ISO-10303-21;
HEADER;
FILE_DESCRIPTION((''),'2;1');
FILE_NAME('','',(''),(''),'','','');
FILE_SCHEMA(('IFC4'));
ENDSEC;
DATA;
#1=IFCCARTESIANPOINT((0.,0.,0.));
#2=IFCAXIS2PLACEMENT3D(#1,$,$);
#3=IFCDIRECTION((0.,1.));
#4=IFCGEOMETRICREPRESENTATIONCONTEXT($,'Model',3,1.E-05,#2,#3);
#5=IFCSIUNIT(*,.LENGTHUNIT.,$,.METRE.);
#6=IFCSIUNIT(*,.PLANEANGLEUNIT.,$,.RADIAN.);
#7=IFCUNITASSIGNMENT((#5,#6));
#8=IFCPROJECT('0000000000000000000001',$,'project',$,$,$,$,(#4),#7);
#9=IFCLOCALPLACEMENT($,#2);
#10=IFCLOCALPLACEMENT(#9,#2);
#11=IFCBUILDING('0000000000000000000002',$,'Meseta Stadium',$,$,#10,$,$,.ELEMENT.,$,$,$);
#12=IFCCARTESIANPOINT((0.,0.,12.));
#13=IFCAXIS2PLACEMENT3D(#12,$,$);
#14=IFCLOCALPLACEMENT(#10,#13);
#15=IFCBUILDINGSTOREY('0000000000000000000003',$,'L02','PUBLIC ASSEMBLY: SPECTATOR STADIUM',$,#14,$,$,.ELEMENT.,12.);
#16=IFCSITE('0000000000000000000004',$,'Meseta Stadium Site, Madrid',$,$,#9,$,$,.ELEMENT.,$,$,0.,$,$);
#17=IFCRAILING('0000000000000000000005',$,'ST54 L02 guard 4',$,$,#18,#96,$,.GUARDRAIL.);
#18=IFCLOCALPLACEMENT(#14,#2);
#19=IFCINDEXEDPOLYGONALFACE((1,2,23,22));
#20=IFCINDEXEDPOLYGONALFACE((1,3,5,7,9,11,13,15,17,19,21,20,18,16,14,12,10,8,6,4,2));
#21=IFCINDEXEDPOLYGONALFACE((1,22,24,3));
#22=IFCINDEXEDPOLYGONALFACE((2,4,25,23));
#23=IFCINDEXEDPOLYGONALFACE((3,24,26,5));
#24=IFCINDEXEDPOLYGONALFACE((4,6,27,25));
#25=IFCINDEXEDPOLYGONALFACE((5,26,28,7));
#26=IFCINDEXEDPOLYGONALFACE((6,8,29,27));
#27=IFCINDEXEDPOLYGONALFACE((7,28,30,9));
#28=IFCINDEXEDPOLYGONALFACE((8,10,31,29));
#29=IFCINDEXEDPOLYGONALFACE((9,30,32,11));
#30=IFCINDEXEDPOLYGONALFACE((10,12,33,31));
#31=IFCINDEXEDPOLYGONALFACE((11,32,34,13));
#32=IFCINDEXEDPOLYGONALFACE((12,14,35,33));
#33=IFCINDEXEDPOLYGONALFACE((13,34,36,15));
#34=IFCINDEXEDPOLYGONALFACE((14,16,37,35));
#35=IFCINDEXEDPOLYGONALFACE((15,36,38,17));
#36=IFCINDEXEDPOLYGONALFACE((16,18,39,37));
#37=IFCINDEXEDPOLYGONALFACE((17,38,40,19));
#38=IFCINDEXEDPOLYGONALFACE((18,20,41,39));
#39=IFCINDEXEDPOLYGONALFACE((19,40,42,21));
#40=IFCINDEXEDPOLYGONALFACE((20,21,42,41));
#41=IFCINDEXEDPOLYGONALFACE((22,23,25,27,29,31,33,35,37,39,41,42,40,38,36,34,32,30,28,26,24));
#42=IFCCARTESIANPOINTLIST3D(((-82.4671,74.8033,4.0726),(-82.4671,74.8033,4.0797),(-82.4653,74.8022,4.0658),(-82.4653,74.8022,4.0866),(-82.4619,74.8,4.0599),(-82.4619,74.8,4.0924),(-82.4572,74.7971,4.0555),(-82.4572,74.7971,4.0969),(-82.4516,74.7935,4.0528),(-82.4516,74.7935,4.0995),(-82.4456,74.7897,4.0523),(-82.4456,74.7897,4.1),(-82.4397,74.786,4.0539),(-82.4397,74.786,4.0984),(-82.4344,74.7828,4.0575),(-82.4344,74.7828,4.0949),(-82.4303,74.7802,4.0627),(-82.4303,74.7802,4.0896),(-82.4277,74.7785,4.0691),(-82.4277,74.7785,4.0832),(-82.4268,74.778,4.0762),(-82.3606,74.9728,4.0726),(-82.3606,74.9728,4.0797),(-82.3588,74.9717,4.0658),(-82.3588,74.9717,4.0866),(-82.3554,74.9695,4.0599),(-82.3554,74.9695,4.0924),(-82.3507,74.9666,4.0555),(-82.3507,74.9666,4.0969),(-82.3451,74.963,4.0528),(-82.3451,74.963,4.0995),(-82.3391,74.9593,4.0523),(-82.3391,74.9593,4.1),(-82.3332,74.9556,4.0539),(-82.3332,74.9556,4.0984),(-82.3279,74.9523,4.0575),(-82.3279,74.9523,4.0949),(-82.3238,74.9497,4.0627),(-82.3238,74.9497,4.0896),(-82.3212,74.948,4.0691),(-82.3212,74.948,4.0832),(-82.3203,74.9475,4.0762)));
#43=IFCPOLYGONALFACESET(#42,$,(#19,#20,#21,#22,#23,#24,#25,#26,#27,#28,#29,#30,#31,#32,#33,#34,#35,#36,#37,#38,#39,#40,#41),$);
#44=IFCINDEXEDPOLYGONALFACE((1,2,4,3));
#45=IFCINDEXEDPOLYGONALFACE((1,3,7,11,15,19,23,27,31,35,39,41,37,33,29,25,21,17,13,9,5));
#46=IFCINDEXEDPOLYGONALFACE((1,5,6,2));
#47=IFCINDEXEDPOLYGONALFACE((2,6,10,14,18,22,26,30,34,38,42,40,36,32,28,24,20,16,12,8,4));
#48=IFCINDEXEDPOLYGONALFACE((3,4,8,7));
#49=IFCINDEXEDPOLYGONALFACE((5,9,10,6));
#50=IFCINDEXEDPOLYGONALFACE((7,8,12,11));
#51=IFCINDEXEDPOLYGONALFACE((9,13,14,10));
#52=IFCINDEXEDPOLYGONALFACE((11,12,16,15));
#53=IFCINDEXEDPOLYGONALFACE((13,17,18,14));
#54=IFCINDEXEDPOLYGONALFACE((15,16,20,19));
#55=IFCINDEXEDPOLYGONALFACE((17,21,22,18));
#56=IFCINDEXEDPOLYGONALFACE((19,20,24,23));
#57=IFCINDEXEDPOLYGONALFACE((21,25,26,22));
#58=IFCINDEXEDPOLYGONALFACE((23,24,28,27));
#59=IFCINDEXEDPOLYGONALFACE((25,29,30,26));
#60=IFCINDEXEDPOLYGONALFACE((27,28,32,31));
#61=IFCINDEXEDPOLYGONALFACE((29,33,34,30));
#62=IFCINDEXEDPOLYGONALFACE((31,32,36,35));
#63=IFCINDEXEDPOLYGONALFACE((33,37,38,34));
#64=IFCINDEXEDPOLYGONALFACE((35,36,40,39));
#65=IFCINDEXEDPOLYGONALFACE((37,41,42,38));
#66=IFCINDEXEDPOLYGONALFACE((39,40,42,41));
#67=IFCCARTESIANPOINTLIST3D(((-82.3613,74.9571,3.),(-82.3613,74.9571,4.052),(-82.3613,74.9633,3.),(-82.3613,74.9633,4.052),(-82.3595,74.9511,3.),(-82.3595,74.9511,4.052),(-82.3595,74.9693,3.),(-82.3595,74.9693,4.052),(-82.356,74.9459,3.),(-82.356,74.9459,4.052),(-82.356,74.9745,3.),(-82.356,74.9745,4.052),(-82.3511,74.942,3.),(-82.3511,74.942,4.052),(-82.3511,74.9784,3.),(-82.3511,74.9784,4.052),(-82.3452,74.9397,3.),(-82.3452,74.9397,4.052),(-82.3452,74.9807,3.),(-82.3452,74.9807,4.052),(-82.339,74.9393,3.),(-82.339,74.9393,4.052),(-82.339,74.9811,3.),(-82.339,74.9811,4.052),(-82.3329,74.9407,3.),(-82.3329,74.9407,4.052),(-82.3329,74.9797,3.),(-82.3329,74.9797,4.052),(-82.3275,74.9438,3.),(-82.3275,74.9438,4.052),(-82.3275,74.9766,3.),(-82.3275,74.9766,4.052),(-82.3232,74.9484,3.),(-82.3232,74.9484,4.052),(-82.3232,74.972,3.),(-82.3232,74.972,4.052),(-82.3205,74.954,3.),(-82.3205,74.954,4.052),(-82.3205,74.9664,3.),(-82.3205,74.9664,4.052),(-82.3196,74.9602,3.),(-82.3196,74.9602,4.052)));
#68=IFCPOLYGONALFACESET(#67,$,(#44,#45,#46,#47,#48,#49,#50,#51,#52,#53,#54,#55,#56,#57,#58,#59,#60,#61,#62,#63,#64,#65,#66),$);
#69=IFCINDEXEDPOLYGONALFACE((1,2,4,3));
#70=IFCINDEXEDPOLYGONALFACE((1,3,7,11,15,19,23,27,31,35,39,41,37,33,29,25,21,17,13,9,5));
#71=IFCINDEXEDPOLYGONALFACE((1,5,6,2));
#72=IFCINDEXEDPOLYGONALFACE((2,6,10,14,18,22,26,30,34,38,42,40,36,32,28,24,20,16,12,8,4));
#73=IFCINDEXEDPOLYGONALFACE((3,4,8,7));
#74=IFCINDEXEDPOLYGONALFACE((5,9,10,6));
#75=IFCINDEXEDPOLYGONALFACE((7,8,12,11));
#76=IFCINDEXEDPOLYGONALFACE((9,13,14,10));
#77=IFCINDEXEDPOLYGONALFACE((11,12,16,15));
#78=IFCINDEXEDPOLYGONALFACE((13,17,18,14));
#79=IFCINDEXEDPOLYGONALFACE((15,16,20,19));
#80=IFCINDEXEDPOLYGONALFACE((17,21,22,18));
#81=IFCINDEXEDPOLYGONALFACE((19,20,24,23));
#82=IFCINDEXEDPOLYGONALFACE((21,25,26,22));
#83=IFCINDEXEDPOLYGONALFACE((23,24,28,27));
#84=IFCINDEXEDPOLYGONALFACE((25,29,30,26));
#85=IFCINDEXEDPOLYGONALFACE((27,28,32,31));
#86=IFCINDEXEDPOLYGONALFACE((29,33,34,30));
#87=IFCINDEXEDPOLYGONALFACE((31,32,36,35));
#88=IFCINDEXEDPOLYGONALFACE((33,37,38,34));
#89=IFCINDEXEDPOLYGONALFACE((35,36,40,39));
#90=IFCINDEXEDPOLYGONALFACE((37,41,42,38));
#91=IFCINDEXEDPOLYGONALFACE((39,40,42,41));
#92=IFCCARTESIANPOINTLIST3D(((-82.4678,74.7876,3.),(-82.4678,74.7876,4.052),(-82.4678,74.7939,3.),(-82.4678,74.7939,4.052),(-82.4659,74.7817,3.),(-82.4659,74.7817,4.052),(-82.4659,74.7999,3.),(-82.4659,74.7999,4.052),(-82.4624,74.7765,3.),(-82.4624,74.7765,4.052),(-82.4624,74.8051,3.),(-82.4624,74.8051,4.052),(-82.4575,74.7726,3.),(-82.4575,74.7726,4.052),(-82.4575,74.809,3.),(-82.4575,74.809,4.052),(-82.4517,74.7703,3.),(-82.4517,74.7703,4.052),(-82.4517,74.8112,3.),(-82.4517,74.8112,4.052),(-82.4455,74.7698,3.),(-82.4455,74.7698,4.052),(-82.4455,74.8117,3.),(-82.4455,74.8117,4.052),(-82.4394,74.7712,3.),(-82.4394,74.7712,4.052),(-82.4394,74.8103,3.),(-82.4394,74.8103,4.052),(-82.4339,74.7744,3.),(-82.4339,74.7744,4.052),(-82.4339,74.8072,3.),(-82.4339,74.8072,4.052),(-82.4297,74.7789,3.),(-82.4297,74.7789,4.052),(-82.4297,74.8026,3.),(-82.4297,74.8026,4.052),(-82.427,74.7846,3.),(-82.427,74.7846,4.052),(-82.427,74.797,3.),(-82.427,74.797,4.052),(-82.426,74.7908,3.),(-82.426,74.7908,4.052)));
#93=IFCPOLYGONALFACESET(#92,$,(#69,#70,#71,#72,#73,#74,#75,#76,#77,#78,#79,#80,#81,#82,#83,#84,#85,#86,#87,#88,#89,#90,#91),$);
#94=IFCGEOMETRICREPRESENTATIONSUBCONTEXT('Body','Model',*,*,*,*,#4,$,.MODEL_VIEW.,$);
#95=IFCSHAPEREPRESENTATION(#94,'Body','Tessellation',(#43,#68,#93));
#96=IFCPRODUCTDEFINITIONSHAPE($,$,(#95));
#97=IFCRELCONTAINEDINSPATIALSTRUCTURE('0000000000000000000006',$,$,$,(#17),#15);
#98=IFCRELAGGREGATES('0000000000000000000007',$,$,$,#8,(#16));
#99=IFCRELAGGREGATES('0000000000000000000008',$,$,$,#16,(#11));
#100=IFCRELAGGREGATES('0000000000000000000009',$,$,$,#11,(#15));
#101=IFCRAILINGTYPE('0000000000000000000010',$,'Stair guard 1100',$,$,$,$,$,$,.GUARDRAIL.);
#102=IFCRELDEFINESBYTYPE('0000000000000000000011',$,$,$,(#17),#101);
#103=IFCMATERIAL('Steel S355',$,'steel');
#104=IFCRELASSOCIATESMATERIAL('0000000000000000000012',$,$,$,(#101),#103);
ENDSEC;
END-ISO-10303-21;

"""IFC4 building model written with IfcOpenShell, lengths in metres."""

from ifc_helpers import new_model, si_unit, direction, frame, origin, origin_2d, place, context, subcontext, project, spatial, circle, extrude, material, type_object, element, save


model = new_model("IFC4")

# Units and contexts
model_context = context("Model", 3, precision=1e-05, world=origin(), true_north=direction((0.0, 1.0)))
body_context = subcontext(model_context, "Body", "Model", "MODEL_VIEW")
ifc_project = project(units=[si_unit("LENGTHUNIT", "METRE"), si_unit("PLANEANGLEUNIT", "RADIAN")], contexts=[model_context])

# Site, building, storey
site_placement = place(None, origin())
site = spatial("IfcSite", under=ifc_project, at=site_placement, Name="Meseta Stadium Site, Madrid", CompositionType="ELEMENT", RefElevation=0.0)
building_placement = place(site_placement, origin())
building = spatial("IfcBuilding", under=site, at=building_placement, Name="Meseta Stadium", CompositionType="ELEMENT")
storey_placement = place(building_placement, frame((0.0, 0.0, 12.0)))
storey = spatial("IfcBuildingStorey", under=building, at=storey_placement, Name="L02", Description="PUBLIC ASSEMBLY: SPECTATOR STADIUM", CompositionType="ELEMENT", Elevation=12.0)

# Railing
ifc_material_1 = material(Name="Steel S355", Category="steel")
railing_type_1 = type_object("IfcRailingType", Name="Stair guard 1100", PredefinedType="GUARDRAIL", material=ifc_material_1)
railing_1_placement = place(storey_placement, frame((-82.3406, 74.9602, 3.0)))
element("IfcRailing", 1, at=railing_1_placement, inside=storey, type_object=railing_type_1, Name="ST54 L02 guard 4", PredefinedType="GUARDRAIL", context=body_context, shape_type="SweptSolid", body=[
    extrude(circle(Radius=0.0239, at=origin_2d()), frame((0.0, 0.0, 1.0762), z_axis=(-0.531972, -0.846762, 0.0), x_axis=(0.846762, -0.531972, 0.0)), (0.0, 0.0, 1.0), 0.2002),
    extrude(circle(Radius=0.021, at=origin_2d()), origin(), (0.0, 0.0, 1.0), 1.052),
    extrude(circle(Radius=0.021, at=origin_2d()), frame((-0.1064, -0.1694, 0.0)), (0.0, 0.0, 1.0), 1.052),
])

save(model, "model.ifc")
